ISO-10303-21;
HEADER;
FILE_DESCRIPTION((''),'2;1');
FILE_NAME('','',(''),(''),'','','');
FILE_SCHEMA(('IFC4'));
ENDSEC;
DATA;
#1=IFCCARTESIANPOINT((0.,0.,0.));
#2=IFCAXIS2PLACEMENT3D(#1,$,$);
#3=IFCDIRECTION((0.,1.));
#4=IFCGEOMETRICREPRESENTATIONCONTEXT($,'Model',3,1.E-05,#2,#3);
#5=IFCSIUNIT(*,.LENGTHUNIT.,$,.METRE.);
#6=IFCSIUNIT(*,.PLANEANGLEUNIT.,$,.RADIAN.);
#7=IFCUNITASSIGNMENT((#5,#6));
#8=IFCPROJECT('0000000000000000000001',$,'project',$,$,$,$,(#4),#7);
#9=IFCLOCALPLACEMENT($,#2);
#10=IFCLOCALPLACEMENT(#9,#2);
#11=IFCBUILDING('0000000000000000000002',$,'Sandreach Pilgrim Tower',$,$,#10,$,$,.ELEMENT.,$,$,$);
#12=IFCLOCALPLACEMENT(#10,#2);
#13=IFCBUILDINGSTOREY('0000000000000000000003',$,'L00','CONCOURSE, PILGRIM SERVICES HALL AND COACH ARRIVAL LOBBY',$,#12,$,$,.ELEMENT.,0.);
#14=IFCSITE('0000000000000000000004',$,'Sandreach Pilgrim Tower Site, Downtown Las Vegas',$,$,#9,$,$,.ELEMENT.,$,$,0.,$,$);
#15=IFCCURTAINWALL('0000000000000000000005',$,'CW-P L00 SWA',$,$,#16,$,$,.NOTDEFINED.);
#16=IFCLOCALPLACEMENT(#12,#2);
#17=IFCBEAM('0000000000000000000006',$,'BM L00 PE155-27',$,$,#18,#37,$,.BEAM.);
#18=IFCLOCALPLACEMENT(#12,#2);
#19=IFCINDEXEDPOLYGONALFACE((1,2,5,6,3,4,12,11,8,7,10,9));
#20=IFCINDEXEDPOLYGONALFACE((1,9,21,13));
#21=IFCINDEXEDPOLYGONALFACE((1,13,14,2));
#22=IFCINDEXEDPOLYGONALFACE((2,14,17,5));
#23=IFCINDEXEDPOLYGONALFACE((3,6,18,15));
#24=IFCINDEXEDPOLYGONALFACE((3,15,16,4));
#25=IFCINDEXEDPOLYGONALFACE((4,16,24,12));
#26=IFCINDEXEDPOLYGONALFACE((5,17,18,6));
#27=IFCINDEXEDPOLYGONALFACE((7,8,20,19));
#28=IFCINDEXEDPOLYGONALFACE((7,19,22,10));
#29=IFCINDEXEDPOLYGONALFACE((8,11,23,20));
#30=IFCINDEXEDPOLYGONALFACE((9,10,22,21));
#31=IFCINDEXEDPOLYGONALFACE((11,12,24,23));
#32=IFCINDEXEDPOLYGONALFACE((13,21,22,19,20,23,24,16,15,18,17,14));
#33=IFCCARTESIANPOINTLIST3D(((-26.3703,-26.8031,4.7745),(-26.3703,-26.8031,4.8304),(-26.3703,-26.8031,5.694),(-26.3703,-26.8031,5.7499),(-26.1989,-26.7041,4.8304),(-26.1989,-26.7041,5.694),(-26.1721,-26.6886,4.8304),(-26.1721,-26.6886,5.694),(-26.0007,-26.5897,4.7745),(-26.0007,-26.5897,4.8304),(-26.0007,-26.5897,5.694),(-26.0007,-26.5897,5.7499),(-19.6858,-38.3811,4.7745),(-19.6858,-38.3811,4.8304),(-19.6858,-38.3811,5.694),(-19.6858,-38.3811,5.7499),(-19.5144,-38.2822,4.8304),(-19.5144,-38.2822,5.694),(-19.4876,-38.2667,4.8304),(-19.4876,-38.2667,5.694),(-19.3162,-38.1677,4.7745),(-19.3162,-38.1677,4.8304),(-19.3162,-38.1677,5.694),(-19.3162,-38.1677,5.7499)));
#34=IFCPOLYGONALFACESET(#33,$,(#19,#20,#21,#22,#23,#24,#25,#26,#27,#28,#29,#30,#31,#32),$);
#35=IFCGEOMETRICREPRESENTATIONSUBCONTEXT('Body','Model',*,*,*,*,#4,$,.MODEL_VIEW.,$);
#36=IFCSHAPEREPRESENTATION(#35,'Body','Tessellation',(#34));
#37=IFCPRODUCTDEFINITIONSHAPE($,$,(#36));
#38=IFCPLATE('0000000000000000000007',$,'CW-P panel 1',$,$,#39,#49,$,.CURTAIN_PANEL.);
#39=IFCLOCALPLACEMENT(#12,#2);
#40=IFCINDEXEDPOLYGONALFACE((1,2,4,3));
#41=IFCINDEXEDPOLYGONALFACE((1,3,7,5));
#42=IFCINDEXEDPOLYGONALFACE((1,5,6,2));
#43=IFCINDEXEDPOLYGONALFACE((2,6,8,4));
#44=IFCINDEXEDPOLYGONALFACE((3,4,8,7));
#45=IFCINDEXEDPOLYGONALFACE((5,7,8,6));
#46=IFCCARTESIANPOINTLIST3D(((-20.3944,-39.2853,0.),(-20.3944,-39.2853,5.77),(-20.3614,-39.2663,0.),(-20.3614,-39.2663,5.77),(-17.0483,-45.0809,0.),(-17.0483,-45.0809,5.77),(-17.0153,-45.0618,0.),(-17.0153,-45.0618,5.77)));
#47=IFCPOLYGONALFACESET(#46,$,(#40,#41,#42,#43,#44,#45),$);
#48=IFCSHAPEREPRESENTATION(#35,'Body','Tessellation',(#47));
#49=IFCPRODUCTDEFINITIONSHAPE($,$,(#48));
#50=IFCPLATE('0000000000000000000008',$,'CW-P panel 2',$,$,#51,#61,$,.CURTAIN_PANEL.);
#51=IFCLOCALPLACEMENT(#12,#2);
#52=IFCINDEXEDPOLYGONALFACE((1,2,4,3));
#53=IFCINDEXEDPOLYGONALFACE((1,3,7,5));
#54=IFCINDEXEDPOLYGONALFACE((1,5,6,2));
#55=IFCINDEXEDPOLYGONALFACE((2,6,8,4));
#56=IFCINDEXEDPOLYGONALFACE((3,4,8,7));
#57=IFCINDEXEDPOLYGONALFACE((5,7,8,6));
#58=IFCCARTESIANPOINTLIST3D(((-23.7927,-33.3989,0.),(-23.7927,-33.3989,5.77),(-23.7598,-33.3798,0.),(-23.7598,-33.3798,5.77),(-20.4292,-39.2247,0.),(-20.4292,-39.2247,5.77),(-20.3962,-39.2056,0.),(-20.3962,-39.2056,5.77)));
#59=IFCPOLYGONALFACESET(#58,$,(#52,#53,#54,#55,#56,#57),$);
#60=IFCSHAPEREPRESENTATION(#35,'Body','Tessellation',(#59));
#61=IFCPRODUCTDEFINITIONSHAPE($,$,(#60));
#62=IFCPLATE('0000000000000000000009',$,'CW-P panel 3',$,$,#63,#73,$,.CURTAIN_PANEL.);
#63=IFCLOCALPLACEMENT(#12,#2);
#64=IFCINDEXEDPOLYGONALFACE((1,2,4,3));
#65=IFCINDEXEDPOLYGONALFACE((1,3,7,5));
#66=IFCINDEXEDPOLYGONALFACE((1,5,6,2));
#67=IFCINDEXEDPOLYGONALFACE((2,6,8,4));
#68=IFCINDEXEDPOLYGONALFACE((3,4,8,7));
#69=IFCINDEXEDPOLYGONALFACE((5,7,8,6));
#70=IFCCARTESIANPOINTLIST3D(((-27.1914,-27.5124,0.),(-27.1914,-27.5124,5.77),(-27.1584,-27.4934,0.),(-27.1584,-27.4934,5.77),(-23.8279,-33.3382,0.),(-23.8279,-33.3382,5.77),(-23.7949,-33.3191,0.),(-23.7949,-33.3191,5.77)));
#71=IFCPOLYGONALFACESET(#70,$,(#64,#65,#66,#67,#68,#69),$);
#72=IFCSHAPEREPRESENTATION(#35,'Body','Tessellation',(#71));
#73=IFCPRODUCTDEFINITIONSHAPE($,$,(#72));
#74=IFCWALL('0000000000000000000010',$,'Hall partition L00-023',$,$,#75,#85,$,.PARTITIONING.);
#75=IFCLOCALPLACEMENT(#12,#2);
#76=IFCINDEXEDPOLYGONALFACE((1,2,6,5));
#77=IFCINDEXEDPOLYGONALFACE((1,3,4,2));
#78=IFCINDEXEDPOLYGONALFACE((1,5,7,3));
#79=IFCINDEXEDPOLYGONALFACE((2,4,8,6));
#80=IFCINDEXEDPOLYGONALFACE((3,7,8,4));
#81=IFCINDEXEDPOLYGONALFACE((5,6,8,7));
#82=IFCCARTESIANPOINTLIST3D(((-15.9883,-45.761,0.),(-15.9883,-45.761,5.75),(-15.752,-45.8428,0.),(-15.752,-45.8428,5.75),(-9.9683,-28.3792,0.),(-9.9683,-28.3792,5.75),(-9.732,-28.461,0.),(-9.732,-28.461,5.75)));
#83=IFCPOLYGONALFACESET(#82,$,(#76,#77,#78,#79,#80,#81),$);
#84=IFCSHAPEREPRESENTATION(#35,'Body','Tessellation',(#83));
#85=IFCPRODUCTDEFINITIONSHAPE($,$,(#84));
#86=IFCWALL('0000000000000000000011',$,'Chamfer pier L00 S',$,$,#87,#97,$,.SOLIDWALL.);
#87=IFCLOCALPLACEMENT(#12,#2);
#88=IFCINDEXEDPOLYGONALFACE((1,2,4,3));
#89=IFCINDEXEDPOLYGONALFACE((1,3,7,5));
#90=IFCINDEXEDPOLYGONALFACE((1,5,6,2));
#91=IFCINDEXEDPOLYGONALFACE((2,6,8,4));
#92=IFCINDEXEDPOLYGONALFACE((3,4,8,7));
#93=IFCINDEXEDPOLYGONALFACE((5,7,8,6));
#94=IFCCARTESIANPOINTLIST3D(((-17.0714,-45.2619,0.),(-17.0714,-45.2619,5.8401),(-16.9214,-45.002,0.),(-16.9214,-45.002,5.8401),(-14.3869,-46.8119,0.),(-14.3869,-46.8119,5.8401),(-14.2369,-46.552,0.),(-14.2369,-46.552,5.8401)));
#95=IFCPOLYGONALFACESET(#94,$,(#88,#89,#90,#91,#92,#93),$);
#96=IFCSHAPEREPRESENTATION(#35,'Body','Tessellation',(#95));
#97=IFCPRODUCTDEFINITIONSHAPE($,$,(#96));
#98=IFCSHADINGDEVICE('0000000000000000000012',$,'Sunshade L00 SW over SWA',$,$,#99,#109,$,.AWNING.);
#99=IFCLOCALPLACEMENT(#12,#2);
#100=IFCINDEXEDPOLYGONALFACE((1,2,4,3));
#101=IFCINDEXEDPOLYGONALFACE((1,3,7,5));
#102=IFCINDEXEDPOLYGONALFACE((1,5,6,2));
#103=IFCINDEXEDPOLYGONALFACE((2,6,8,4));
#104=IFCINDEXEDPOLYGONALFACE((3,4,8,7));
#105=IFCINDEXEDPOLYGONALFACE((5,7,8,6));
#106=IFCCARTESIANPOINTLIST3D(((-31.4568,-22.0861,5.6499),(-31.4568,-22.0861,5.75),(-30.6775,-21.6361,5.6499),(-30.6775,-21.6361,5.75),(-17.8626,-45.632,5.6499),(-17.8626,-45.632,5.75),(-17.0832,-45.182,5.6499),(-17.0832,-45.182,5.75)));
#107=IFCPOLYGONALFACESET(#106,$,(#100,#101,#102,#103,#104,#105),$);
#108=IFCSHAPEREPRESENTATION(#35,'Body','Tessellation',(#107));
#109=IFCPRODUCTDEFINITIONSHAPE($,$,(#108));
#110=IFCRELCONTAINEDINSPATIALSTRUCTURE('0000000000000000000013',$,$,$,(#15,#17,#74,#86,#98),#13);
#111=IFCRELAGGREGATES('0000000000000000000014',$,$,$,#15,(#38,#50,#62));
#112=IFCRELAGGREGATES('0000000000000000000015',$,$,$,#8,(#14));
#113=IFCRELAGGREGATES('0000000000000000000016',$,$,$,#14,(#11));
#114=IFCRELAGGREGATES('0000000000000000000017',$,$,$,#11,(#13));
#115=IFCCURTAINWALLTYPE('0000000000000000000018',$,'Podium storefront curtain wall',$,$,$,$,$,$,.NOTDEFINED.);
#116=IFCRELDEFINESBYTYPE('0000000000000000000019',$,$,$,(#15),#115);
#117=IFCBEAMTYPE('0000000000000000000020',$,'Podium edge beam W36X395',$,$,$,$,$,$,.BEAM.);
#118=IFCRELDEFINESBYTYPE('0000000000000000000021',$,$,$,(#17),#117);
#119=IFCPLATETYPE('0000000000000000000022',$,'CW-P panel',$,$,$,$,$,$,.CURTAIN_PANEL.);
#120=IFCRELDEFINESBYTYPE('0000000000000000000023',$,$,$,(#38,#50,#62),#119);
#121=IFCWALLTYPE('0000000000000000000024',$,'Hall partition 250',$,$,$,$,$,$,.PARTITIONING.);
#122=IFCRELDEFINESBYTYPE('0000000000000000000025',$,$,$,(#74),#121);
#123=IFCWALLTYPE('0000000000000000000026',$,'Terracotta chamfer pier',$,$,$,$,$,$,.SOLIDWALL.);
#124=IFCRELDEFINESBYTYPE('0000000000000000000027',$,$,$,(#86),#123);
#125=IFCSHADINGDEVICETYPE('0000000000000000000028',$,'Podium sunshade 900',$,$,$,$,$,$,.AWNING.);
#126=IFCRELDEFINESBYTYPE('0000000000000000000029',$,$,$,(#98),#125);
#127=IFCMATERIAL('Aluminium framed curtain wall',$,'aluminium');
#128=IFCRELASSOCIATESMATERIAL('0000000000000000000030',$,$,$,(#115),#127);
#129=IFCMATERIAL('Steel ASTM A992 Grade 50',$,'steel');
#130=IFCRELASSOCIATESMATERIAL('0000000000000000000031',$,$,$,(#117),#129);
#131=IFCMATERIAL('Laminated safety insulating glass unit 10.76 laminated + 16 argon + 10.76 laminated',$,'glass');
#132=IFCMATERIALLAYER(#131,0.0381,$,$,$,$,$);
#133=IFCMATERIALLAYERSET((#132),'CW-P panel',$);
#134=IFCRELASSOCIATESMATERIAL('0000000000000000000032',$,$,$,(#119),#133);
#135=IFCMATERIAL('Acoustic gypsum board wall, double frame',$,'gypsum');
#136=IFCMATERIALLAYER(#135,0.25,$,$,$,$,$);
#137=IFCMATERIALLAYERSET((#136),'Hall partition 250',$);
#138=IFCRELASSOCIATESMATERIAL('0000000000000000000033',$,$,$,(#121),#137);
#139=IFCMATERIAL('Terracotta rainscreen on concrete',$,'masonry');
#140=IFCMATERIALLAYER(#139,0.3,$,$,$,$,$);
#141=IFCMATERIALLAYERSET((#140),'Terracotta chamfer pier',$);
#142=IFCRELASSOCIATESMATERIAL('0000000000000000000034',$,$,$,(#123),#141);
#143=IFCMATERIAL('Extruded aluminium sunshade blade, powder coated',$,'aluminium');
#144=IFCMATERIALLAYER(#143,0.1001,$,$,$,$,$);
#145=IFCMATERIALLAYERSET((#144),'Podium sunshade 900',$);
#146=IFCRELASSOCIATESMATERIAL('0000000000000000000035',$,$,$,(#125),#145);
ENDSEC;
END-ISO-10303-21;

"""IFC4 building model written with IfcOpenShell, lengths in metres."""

from ifc_helpers import new_model, si_unit, direction, frame, frame_2d, origin, origin_2d, place, context, subcontext, project, spatial, rectangle, i_section, extrude, material, layer, layer_set, material_profile, profile_set, type_object, element, aggregate, save


model = new_model("IFC4")

# Units and contexts
model_context = context("Model", 3, precision=1e-05, world=origin(), true_north=direction((0.0, 1.0)))
body_context = subcontext(model_context, "Body", "Model", "MODEL_VIEW")
ifc_project = project(units=[si_unit("LENGTHUNIT", "METRE"), si_unit("PLANEANGLEUNIT", "RADIAN")], contexts=[model_context])

# Site, building, storey
site_placement = place(None, origin())
site = spatial("IfcSite", under=ifc_project, at=site_placement, Name="Sandreach Pilgrim Tower Site, Downtown Las Vegas", CompositionType="ELEMENT", RefElevation=0.0)
building_placement = place(site_placement, origin())
building = spatial("IfcBuilding", under=site, at=building_placement, Name="Sandreach Pilgrim Tower", CompositionType="ELEMENT")
storey_placement = place(building_placement, origin())
storey = spatial("IfcBuildingStorey", under=building, at=storey_placement, Name="L00", Description="CONCOURSE, PILGRIM SERVICES HALL AND COACH ARRIVAL LOBBY", CompositionType="ELEMENT", Elevation=0.0)

# Curtain wall
ifc_material_1 = material(Name="Aluminium framed curtain wall", Category="aluminium")
curtain_wall_type = type_object("IfcCurtainWallType", Name="Podium storefront curtain wall", PredefinedType="NOTDEFINED", material=ifc_material_1)
curtain_wall_placement = place(storey_placement, origin())
curtain_wall = element("IfcCurtainWall", 1, at=curtain_wall_placement, inside=storey, type_object=curtain_wall_type, Name="CW-P L00 SWA", PredefinedType="NOTDEFINED")

# Beam
ifc_material_2 = material(Name="Steel ASTM A992 Grade 50", Category="steel")
ifc_material_profile_1 = material_profile(ifc_material_2, i_section(OverallWidth=0.4268, OverallDepth=0.9753, WebThickness=0.031, FlangeThickness=0.0559, at=origin_2d()), Name="W36X395")
ifc_profile_set_1 = profile_set([ifc_material_profile_1], Name="Steel ASTM A992 Grade 50")
beam_type_1 = type_object("IfcBeamType", Name="Podium edge beam W36X395", PredefinedType="BEAM", material=ifc_profile_set_1)
beam_1_placement = place(storey_placement, frame((-19.501, -38.2744, 5.2622), z_axis=(-0.499996, 0.866027, 0.0), x_axis=(-0.866027, -0.499996, 0.0)))
element("IfcBeam", 2, at=beam_1_placement, inside=storey, type_object=beam_type_1, Name="BM L00 PE155-27", PredefinedType="BEAM", context=body_context, shape_type="SweptSolid", body=[
    extrude(i_section(OverallWidth=0.4268, OverallDepth=0.9753, WebThickness=0.031, FlangeThickness=0.0559, at=origin_2d()), origin(), (0.0, 0.0, 1.0), 13.3691),
])

# Plates
ifc_material_3 = material(Name="Laminated safety insulating glass unit 10.76 laminated + 16 argon + 10.76 laminated", Category="glass")
ifc_layer_1 = layer(ifc_material_3, 0.0381)
ifc_layer_set_1 = layer_set([ifc_layer_1], Name="CW-P panel")
plate_type = type_object("IfcPlateType", Name="CW-P panel", PredefinedType="CURTAIN_PANEL", material=ifc_layer_set_1)
plate_1_placement = place(storey_placement, frame((-18.7048, -42.1736, 0.0), z_axis=(0.0, 0.0, 1.0), x_axis=(-0.5, 0.866025, 0.0)))
plate_1 = element("IfcPlate", 3, at=plate_1_placement, type_object=plate_type, Name="CW-P panel 1", PredefinedType="CURTAIN_PANEL", context=body_context, shape_type="SweptSolid", body=[
    extrude(rectangle(XDim=6.6921, YDim=0.0381, at=origin_2d()), origin(), (0.0, 0.0, 1.0), 5.77),
])
plate_2_placement = place(storey_placement, frame((-22.0945, -36.3022, 0.0), z_axis=(0.0, 0.0, 1.0), x_axis=(-0.5, 0.866025, 0.0)))
plate_2 = element("IfcPlate", 4, at=plate_2_placement, type_object=plate_type, Name="CW-P panel 2", PredefinedType="CURTAIN_PANEL", context=body_context, shape_type="SweptSolid", body=[
    extrude(rectangle(XDim=6.7271, YDim=0.0381, at=origin_2d()), origin(), (0.0, 0.0, 1.0), 5.77),
])
plate_3_placement = place(storey_placement, frame((-25.4932, -30.4158, 0.0), z_axis=(0.0, 0.0, 1.0), x_axis=(-0.5, 0.866025, 0.0)))
plate_3 = element("IfcPlate", 5, at=plate_3_placement, type_object=plate_type, Name="CW-P panel 3", PredefinedType="CURTAIN_PANEL", context=body_context, shape_type="SweptSolid", body=[
    extrude(rectangle(XDim=6.7271, YDim=0.0381, at=origin_2d()), origin(), (0.0, 0.0, 1.0), 5.77),
])
aggregate(curtain_wall, [plate_1, plate_2, plate_3])

# Walls
ifc_material_4 = material(Name="Acoustic gypsum board wall, double frame", Category="gypsum")
ifc_layer_2 = layer(ifc_material_4, 0.25)
ifc_layer_set_2 = layer_set([ifc_layer_2], Name="Hall partition 250")
wall_type_1 = type_object("IfcWallType", Name="Hall partition 250", PredefinedType="PARTITIONING", material=ifc_layer_set_2)
wall_1_placement = place(storey_placement, frame((-15.8701, -45.8018, 0.0), z_axis=(0.0, 0.0, 1.0), x_axis=(0.327267, 0.944932, 0.0)))
element("IfcWall", 6, at=wall_1_placement, inside=storey, type_object=wall_type_1, Name="Hall partition L00-023", PredefinedType="PARTITIONING", context=body_context, shape_type="SweptSolid", body=[
    extrude(rectangle(XDim=18.3948, YDim=0.25, at=frame_2d((9.1973, 0.0))), origin(), (0.0, 0.0, 1.0), 5.75),
])
ifc_material_5 = material(Name="Terracotta rainscreen on concrete", Category="masonry")
ifc_layer_3 = layer(ifc_material_5, 0.3)
ifc_layer_set_3 = layer_set([ifc_layer_3], Name="Terracotta chamfer pier")
wall_type_2 = type_object("IfcWallType", Name="Terracotta chamfer pier", PredefinedType="SOLIDWALL", material=ifc_layer_set_3)
wall_2_placement = place(storey_placement, frame((-14.312, -46.6819, 0.0), z_axis=(0.0, 0.0, 1.0), x_axis=(-0.86601, 0.500027, 0.0)))
element("IfcWall", 7, at=wall_2_placement, inside=storey, type_object=wall_type_2, Name="Chamfer pier L00 S", PredefinedType="SOLIDWALL", context=body_context, shape_type="SweptSolid", body=[
    extrude(rectangle(XDim=3.0999, YDim=0.3, at=frame_2d((1.5498, 0.0))), origin(), (0.0, 0.0, 1.0), 5.8401),
])

# Shading device
ifc_material_6 = material(Name="Extruded aluminium sunshade blade, powder coated", Category="aluminium")
ifc_layer_4 = layer(ifc_material_6, 0.1001)
ifc_layer_set_4 = layer_set([ifc_layer_4], Name="Podium sunshade 900")
shading_device_type = type_object("IfcShadingDeviceType", Name="Podium sunshade 900", PredefinedType="AWNING", material=ifc_layer_set_4)
shading_device_placement = place(storey_placement, frame((-24.27, -33.634, 5.6499), z_axis=(0.0, 0.0, 1.0), x_axis=(-0.5, 0.866025, 0.0)))
element("IfcShadingDevice", 8, at=shading_device_placement, inside=storey, type_object=shading_device_type, Name="Sunshade L00 SW over SWA", PredefinedType="AWNING", context=body_context, shape_type="SweptSolid", body=[
    extrude(rectangle(XDim=27.1885, YDim=0.8999, at=origin_2d()), origin(), (0.0, 0.0, 1.0), 0.1001),
])

save(model, "model.ifc")
